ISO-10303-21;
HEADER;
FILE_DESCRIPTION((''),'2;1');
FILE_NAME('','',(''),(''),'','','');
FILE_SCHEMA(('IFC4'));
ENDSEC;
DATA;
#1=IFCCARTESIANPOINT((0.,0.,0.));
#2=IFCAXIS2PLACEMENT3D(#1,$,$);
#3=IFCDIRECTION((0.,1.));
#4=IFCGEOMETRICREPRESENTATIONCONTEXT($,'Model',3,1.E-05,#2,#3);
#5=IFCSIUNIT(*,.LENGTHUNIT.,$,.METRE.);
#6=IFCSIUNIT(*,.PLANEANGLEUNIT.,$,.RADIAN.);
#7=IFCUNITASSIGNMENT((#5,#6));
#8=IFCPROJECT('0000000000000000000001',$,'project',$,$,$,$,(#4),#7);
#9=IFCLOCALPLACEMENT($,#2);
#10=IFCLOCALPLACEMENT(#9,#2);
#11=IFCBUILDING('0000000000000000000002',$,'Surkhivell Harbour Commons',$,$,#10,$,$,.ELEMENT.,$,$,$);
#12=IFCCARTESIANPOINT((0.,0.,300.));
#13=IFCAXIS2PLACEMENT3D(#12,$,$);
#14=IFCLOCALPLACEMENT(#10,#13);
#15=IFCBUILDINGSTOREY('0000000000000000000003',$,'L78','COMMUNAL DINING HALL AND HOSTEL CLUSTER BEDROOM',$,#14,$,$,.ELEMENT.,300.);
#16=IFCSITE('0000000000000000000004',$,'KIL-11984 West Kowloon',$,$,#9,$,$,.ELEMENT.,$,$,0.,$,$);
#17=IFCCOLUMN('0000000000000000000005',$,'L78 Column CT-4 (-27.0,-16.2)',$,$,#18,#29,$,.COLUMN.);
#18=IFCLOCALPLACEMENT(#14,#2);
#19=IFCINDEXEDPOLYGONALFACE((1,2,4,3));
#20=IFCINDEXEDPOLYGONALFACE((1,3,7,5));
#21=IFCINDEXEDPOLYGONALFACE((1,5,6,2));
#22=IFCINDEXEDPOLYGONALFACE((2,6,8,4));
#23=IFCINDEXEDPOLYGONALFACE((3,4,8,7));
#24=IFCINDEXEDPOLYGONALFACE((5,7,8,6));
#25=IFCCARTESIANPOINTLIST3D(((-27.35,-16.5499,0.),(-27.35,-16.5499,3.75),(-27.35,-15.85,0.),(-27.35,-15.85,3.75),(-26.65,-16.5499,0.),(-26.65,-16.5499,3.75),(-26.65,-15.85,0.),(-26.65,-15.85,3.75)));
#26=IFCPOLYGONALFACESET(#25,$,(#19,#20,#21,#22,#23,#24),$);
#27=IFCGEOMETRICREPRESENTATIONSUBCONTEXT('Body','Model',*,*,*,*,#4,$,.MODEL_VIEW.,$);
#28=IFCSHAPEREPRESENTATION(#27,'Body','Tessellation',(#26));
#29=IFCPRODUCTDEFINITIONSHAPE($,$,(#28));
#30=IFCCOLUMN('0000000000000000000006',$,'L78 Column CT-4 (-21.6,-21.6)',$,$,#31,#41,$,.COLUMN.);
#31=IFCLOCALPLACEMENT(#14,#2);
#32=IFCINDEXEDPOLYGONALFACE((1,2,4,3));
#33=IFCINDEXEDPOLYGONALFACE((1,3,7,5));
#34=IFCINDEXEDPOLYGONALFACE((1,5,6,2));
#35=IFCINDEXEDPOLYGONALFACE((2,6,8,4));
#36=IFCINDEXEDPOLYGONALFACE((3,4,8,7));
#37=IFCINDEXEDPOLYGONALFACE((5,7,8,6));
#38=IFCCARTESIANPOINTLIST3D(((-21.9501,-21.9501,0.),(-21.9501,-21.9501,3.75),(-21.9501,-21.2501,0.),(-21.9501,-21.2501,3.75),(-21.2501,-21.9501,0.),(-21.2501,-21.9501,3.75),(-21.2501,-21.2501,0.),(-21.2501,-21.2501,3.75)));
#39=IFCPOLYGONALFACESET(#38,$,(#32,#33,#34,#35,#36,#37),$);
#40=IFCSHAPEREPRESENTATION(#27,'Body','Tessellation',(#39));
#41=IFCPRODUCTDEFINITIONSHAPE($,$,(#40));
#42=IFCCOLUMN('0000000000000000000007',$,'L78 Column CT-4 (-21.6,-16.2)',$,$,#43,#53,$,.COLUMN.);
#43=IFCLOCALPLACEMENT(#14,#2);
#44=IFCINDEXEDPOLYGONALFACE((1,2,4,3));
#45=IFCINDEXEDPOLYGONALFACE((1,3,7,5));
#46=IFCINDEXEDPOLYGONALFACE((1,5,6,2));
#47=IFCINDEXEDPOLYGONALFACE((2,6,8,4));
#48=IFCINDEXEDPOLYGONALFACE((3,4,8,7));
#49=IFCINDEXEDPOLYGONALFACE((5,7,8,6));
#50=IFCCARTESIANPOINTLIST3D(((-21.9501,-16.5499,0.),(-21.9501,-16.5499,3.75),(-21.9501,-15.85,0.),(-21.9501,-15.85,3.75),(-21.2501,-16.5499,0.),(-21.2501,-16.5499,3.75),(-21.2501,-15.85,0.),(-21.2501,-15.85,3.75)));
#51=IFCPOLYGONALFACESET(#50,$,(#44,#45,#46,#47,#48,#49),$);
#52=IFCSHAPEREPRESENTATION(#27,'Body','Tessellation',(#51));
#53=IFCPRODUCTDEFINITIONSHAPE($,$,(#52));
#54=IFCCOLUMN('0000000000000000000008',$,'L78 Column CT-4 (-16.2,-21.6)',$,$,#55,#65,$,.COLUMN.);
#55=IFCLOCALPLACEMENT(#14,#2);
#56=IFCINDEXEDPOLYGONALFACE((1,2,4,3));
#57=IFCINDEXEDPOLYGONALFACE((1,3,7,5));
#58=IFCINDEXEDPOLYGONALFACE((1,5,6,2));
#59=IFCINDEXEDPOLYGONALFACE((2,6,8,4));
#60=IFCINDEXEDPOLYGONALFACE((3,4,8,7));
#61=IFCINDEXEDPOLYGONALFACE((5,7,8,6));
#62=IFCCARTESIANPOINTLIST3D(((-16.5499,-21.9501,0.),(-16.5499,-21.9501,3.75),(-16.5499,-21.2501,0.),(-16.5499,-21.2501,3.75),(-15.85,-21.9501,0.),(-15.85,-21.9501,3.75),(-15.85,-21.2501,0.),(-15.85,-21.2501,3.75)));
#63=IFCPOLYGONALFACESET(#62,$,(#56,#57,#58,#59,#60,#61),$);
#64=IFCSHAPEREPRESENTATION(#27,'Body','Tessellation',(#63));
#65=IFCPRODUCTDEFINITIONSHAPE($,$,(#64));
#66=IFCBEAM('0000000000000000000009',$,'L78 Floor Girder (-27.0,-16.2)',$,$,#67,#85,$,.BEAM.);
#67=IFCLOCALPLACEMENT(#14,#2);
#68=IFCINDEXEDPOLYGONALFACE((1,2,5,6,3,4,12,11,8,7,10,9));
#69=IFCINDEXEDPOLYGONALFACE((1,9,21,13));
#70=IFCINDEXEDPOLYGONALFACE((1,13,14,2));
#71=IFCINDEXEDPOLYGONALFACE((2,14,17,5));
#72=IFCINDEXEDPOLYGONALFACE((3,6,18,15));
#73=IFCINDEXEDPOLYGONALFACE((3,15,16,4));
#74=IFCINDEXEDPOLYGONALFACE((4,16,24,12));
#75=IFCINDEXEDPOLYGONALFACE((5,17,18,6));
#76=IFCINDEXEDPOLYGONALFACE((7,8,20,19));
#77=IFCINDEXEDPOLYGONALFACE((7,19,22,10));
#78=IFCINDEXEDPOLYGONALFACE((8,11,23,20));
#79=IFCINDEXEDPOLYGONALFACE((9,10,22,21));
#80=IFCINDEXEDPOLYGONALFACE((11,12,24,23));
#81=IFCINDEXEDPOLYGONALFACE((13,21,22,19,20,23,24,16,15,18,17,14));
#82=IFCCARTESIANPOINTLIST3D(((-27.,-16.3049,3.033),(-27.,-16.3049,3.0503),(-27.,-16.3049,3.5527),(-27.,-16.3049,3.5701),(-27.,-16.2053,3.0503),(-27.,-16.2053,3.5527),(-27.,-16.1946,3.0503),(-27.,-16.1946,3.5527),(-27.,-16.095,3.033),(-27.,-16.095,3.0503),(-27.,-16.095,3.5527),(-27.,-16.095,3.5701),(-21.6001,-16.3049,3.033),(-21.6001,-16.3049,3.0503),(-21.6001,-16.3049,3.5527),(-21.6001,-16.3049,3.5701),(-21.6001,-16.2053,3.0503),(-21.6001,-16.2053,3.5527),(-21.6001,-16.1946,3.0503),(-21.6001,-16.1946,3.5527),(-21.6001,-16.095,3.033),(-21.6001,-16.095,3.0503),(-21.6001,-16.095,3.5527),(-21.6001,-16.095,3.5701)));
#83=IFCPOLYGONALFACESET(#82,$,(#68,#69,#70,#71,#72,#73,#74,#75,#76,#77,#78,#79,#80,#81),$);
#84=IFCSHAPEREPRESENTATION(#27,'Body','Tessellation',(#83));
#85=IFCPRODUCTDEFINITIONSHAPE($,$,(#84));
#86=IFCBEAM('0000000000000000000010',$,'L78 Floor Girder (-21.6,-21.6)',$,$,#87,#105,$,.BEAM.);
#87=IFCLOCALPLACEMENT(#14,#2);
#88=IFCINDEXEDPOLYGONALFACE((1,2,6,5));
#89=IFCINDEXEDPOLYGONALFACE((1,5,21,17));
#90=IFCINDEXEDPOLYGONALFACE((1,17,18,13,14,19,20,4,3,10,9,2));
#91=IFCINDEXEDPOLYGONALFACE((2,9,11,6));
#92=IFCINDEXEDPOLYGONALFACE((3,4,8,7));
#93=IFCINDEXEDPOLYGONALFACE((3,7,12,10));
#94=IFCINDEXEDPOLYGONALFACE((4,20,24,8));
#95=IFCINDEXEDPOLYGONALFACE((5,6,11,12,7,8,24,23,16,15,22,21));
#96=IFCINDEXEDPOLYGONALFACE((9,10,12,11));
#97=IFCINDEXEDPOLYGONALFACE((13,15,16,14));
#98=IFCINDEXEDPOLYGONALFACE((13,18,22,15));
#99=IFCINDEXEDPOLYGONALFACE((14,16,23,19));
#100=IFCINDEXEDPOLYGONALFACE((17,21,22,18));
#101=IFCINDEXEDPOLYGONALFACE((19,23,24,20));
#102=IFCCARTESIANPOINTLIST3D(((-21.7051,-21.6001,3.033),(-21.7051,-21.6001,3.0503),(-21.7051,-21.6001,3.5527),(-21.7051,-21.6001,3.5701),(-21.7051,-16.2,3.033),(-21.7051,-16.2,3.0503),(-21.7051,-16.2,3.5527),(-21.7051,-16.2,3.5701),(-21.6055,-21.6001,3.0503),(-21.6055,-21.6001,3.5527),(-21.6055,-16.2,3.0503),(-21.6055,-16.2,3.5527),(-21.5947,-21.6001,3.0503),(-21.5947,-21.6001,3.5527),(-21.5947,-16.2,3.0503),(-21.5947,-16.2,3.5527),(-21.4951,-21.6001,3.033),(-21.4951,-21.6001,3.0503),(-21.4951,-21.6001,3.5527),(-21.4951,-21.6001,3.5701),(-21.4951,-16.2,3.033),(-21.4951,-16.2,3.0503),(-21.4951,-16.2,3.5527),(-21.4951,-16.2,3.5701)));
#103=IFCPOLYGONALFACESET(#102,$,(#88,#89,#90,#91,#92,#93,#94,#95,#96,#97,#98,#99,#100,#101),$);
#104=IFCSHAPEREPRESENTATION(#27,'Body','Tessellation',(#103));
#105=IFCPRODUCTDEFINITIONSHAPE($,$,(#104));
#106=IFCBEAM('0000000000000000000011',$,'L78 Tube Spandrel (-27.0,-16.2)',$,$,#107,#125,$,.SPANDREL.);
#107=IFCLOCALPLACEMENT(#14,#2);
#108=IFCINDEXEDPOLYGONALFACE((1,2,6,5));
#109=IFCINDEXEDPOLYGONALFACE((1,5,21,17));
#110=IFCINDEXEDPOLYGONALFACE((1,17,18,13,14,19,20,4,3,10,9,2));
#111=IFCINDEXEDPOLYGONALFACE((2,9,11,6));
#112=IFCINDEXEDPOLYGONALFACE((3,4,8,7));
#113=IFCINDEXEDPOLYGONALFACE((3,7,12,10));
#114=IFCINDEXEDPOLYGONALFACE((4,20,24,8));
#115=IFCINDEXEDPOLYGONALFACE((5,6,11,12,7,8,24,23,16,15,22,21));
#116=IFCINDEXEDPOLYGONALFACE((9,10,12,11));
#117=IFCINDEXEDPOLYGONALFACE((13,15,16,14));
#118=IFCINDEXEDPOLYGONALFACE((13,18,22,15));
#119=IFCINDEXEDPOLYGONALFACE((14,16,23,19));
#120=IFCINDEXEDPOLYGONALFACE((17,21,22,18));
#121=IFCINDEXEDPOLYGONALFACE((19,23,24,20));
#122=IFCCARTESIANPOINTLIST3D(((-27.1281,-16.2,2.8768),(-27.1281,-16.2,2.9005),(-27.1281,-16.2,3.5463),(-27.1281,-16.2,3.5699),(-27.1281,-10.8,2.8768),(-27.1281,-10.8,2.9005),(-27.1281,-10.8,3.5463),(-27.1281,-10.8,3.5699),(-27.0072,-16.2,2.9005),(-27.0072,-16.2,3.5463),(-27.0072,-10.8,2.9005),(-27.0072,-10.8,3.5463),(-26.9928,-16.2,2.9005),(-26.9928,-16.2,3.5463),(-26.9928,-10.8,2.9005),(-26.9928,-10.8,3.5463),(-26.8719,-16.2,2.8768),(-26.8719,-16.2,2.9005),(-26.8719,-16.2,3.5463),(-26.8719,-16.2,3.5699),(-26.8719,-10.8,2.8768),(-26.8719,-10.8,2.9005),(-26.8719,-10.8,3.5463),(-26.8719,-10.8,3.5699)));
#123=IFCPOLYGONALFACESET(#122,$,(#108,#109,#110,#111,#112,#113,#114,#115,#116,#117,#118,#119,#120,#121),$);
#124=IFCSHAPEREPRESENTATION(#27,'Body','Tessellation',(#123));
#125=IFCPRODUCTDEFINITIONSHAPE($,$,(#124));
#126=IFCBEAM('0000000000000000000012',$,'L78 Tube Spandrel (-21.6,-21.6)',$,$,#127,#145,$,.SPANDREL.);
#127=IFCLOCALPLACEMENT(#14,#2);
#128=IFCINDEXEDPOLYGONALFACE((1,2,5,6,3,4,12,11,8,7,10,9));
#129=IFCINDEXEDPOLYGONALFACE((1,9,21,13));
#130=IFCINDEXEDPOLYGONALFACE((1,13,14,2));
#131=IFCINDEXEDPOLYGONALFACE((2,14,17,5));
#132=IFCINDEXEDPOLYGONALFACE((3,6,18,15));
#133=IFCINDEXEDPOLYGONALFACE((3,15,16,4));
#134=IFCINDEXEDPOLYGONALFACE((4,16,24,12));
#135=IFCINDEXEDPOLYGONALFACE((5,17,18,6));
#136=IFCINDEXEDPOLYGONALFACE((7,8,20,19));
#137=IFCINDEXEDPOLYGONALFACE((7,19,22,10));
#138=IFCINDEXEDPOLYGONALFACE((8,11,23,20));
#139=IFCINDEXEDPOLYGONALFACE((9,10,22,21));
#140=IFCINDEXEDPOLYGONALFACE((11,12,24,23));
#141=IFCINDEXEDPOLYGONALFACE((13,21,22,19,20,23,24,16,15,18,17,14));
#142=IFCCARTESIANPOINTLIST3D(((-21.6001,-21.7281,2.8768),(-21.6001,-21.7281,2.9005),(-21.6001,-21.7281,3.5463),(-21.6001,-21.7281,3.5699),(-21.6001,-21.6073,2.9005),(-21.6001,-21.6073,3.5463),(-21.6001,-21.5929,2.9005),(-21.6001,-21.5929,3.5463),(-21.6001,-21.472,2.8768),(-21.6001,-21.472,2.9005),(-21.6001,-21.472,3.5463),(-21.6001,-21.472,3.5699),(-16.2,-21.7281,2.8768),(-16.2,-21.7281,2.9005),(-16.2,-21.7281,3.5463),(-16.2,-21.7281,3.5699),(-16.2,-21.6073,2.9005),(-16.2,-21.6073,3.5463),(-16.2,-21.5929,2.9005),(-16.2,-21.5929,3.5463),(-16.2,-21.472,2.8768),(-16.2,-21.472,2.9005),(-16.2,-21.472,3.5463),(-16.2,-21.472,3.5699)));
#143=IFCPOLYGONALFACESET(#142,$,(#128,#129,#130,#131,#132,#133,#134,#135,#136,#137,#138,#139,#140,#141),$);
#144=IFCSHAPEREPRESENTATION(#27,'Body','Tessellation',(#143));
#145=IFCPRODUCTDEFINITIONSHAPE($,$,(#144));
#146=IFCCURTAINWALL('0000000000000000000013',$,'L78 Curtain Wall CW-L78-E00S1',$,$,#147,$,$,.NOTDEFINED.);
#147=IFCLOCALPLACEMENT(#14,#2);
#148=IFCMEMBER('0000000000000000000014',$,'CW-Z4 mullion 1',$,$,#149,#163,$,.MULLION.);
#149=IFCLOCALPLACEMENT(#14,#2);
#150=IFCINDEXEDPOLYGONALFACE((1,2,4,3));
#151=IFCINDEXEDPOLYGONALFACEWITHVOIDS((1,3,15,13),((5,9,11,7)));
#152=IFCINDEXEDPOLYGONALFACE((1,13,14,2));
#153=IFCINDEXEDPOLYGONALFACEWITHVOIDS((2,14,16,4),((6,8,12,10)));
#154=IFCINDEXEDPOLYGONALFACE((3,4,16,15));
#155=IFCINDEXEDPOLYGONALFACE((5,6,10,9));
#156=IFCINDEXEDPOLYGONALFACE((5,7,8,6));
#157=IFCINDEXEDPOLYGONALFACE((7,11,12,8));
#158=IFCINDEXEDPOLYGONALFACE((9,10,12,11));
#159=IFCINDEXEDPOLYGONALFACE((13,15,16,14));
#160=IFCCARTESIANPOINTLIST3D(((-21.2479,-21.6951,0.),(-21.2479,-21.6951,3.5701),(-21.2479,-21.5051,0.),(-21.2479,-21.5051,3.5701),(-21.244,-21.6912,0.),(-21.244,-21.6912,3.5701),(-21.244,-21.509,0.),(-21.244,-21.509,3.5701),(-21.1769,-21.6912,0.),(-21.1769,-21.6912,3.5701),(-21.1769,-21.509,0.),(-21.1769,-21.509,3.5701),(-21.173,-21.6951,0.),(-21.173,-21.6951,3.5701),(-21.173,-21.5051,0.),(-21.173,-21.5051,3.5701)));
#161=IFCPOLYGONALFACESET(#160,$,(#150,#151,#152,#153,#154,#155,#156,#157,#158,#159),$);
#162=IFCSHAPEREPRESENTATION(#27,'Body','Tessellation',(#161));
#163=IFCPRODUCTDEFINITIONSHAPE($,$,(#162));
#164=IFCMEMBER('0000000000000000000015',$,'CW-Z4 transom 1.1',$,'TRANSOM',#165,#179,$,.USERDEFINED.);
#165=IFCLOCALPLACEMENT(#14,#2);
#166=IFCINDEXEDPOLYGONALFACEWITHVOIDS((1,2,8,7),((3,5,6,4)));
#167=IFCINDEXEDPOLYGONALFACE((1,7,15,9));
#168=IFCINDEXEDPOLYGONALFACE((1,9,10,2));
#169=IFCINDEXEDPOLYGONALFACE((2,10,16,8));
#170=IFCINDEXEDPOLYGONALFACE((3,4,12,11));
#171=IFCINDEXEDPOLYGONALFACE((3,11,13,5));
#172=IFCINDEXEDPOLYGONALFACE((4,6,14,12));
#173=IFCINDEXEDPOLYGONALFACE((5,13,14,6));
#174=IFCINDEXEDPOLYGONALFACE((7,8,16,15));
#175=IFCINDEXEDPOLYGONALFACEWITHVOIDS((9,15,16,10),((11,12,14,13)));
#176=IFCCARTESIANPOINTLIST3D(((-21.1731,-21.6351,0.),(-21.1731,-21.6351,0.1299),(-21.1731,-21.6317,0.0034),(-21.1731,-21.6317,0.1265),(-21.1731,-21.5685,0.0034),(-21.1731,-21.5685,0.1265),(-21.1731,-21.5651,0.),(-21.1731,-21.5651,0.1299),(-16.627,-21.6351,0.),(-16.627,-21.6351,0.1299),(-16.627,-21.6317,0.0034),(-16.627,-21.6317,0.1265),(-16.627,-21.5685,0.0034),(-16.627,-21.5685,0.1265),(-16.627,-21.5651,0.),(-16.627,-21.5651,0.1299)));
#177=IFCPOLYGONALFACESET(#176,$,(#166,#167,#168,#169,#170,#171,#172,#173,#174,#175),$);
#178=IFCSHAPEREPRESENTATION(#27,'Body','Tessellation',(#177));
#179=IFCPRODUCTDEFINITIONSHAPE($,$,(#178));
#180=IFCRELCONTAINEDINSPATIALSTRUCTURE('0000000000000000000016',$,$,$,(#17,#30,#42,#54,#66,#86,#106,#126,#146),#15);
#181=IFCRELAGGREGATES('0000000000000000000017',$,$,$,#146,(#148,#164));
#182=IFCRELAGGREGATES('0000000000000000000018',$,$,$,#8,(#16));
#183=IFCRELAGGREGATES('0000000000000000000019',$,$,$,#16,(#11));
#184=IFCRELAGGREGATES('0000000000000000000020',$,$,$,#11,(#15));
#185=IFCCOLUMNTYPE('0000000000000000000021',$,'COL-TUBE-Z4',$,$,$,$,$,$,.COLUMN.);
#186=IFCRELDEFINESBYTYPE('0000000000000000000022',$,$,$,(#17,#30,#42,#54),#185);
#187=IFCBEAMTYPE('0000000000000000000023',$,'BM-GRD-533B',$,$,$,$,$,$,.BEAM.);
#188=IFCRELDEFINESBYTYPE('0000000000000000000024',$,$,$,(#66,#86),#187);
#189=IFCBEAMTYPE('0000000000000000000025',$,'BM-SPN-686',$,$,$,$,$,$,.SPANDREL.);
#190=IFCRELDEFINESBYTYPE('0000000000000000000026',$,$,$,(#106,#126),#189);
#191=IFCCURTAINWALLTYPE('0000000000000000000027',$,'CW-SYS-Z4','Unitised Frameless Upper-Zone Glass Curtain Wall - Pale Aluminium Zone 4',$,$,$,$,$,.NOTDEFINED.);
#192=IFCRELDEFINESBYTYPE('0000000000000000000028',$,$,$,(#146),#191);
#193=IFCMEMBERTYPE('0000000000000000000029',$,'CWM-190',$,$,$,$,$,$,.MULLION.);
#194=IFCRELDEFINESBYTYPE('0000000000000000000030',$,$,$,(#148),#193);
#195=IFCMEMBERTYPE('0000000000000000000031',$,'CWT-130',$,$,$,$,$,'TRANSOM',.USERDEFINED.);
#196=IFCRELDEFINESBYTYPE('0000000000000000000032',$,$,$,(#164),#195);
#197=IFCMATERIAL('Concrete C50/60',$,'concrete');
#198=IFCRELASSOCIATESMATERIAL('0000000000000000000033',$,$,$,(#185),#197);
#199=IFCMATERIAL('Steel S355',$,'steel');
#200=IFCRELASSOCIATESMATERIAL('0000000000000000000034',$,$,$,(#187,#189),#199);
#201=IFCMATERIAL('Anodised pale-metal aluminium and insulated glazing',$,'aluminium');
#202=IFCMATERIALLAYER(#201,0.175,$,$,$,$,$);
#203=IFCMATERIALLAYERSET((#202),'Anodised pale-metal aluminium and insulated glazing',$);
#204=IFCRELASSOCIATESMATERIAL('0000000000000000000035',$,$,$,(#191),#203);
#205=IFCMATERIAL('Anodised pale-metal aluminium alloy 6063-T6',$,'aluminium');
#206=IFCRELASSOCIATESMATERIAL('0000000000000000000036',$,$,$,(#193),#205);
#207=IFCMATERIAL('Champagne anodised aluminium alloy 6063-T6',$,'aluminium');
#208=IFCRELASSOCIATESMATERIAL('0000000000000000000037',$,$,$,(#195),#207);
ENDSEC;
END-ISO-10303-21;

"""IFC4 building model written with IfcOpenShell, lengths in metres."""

from ifc_helpers import new_model, si_unit, direction, frame, origin, origin_2d, place, context, subcontext, project, spatial, rectangle, hollow_rectangle, i_section, extrude, material, layer, layer_set, material_profile, profile_set, type_object, element, aggregate, save


model = new_model("IFC4")

# Units and contexts
model_context = context("Model", 3, precision=1e-05, world=origin(), true_north=direction((0.0, 1.0)))
body_context = subcontext(model_context, "Body", "Model", "MODEL_VIEW")
ifc_project = project(units=[si_unit("LENGTHUNIT", "METRE"), si_unit("PLANEANGLEUNIT", "RADIAN")], contexts=[model_context])

# Site, building, storey
site_placement = place(None, origin())
site = spatial("IfcSite", under=ifc_project, at=site_placement, Name="KIL-11984 West Kowloon", CompositionType="ELEMENT", RefElevation=0.0)
building_placement = place(site_placement, origin())
building = spatial("IfcBuilding", under=site, at=building_placement, Name="Surkhivell Harbour Commons", CompositionType="ELEMENT")
storey_placement = place(building_placement, frame((0.0, 0.0, 300.0)))
storey = spatial("IfcBuildingStorey", under=building, at=storey_placement, Name="L78", Description="COMMUNAL DINING HALL AND HOSTEL CLUSTER BEDROOM", CompositionType="ELEMENT", Elevation=300.0)

# Columns
ifc_material_1 = material(Name="Concrete C50/60", Category="concrete")
ifc_material_profile_1 = material_profile(ifc_material_1, rectangle(XDim=0.7, YDim=0.7, at=origin_2d()), Name="RC-COL-700x700")
ifc_profile_set_1 = profile_set([ifc_material_profile_1], Name="Concrete C50/60")
column_type = type_object("IfcColumnType", Name="COL-TUBE-Z4", PredefinedType="COLUMN", material=ifc_profile_set_1)
for number, where, z_axis, x_axis, name in (
    (1, (-27.0, -16.2, 0.0), (0.0, 0.0, 1.0), (1.0, 0.0, 0.0), "L78 Column CT-4 (-27.0,-16.2)"),
    (2, (-21.6001, -21.6001, 0.0), (0.0, 0.0, 1.0), (1.0, 0.0, 0.0), "L78 Column CT-4 (-21.6,-21.6)"),
    (3, (-21.6001, -16.2, 0.0), (0.0, 0.0, 1.0), (1.0, 0.0, 0.0), "L78 Column CT-4 (-21.6,-16.2)"),
    (4, (-16.2, -21.6001, 0.0), (0.0, 0.0, 1.0), (1.0, 0.0, 0.0), "L78 Column CT-4 (-16.2,-21.6)"),
):
    element("IfcColumn", number, at=place(storey_placement, frame(where, z_axis=z_axis, x_axis=x_axis)), inside=storey, type_object=column_type, Name=name, PredefinedType="COLUMN", context=body_context, shape_type="SweptSolid", body=[
        extrude(rectangle(XDim=0.7, YDim=0.7, at=origin_2d()), origin(), (0.0, 0.0, 1.0), 3.75),
    ])

# Beams
ifc_material_2 = material(Name="Steel S355", Category="steel")
ifc_material_profile_2 = material_profile(ifc_material_2, i_section(OverallWidth=0.21, OverallDepth=0.5371, WebThickness=0.0107, FlangeThickness=0.0173, at=origin_2d()), Name="UB533x210x101")
ifc_profile_set_2 = profile_set([ifc_material_profile_2], Name="Steel S355")
beam_type_1 = type_object("IfcBeamType", Name="BM-GRD-533B", PredefinedType="BEAM", material=ifc_profile_set_2)
beam_1_placement = place(storey_placement, frame((-27.0, -16.2, 3.3015), z_axis=(1.0, 0.0, 0.0), x_axis=(0.0, 1.0, 0.0)))
element("IfcBeam", 5, at=beam_1_placement, inside=storey, type_object=beam_type_1, Name="L78 Floor Girder (-27.0,-16.2)", PredefinedType="BEAM", context=body_context, shape_type="SweptSolid", body=[
    extrude(i_section(OverallWidth=0.21, OverallDepth=0.5371, WebThickness=0.0107, FlangeThickness=0.0173, at=origin_2d()), origin(), (0.0, 0.0, 1.0), 5.3999),
])
beam_2_placement = place(storey_placement, frame((-21.6001, -21.6001, 3.3015), z_axis=(0.0, 1.0, 0.0), x_axis=(-1.0, 0.0, 0.0)))
element("IfcBeam", 6, at=beam_2_placement, inside=storey, type_object=beam_type_1, Name="L78 Floor Girder (-21.6,-21.6)", PredefinedType="BEAM", context=body_context, shape_type="SweptSolid", body=[
    extrude(i_section(OverallWidth=0.21, OverallDepth=0.5371, WebThickness=0.0107, FlangeThickness=0.0173, at=origin_2d()), origin(), (0.0, 0.0, 1.0), 5.4001),
])
ifc_material_profile_3 = material_profile(ifc_material_2, i_section(OverallWidth=0.2561, OverallDepth=0.6931, WebThickness=0.0144, FlangeThickness=0.0237, at=origin_2d()), Name="UB686x254x170")
ifc_profile_set_3 = profile_set([ifc_material_profile_3], Name="Steel S355")
beam_type_2 = type_object("IfcBeamType", Name="BM-SPN-686", PredefinedType="SPANDREL", material=ifc_profile_set_3)
beam_3_placement = place(storey_placement, frame((-27.0, -16.2, 3.2234), z_axis=(0.0, 1.0, 0.0), x_axis=(-1.0, 0.0, 0.0)))
element("IfcBeam", 7, at=beam_3_placement, inside=storey, type_object=beam_type_2, Name="L78 Tube Spandrel (-27.0,-16.2)", PredefinedType="SPANDREL", context=body_context, shape_type="SweptSolid", body=[
    extrude(i_section(OverallWidth=0.2561, OverallDepth=0.6931, WebThickness=0.0144, FlangeThickness=0.0237, at=origin_2d()), origin(), (0.0, 0.0, 1.0), 5.3999),
])
beam_4_placement = place(storey_placement, frame((-21.6001, -21.6001, 3.2234), z_axis=(1.0, 0.0, 0.0), x_axis=(0.0, 1.0, 0.0)))
element("IfcBeam", 8, at=beam_4_placement, inside=storey, type_object=beam_type_2, Name="L78 Tube Spandrel (-21.6,-21.6)", PredefinedType="SPANDREL", context=body_context, shape_type="SweptSolid", body=[
    extrude(i_section(OverallWidth=0.2561, OverallDepth=0.6931, WebThickness=0.0144, FlangeThickness=0.0237, at=origin_2d()), origin(), (0.0, 0.0, 1.0), 5.4001),
])

# Curtain wall, members
ifc_material_3 = material(Name="Anodised pale-metal aluminium and insulated glazing", Category="aluminium")
ifc_layer_1 = layer(ifc_material_3, 0.175)
ifc_layer_set_1 = layer_set([ifc_layer_1], Name="Anodised pale-metal aluminium and insulated glazing")
curtain_wall_type = type_object("IfcCurtainWallType", Name="CW-SYS-Z4", Description="Unitised Frameless Upper-Zone Glass Curtain Wall - Pale Aluminium Zone 4", PredefinedType="NOTDEFINED", material=ifc_layer_set_1)
curtain_wall_placement = place(storey_placement, origin())
curtain_wall = element("IfcCurtainWall", 9, at=curtain_wall_placement, inside=storey, type_object=curtain_wall_type, Name="L78 Curtain Wall CW-L78-E00S1", PredefinedType="NOTDEFINED")
ifc_material_4 = material(Name="Anodised pale-metal aluminium alloy 6063-T6", Category="aluminium")
ifc_material_profile_4 = material_profile(ifc_material_4, hollow_rectangle(XDim=0.075, YDim=0.1899, WallThickness=0.0039, at=origin_2d()), Name="ALU-MULL-75x190")
ifc_profile_set_4 = profile_set([ifc_material_profile_4], Name="Anodised pale-metal aluminium alloy 6063-T6")
member_type_1 = type_object("IfcMemberType", Name="CWM-190", PredefinedType="MULLION", material=ifc_profile_set_4)
member_1_placement = place(storey_placement, frame((-21.2104, -21.6001, 0.0), z_axis=(0.0, 0.0, 1.0), x_axis=(1.0, 0.0, 0.0)))
member_1 = element("IfcMember", 10, at=member_1_placement, type_object=member_type_1, Name="CW-Z4 mullion 1", PredefinedType="MULLION", context=body_context, shape_type="SweptSolid", body=[
    extrude(hollow_rectangle(XDim=0.075, YDim=0.1899, WallThickness=0.0039, at=origin_2d()), origin(), (0.0, 0.0, 1.0), 3.5701),
])
ifc_material_5 = material(Name="Champagne anodised aluminium alloy 6063-T6", Category="aluminium")
ifc_material_profile_5 = material_profile(ifc_material_5, hollow_rectangle(XDim=0.0701, YDim=0.1299, WallThickness=0.0034, at=origin_2d()), Name="ALU-TRAN-70x130")
ifc_profile_set_5 = profile_set([ifc_material_profile_5], Name="Champagne anodised aluminium alloy 6063-T6")
member_type_2 = type_object("IfcMemberType", Name="CWT-130", ElementType="TRANSOM", PredefinedType="USERDEFINED", material=ifc_profile_set_5)
member_2_placement = place(storey_placement, frame((-21.1731, -21.6001, 0.0649), z_axis=(1.0, 0.0, 0.0), x_axis=(0.0, 1.0, 0.0)))
member_2 = element("IfcMember", 11, at=member_2_placement, type_object=member_type_2, Name="CW-Z4 transom 1.1", ObjectType="TRANSOM", PredefinedType="USERDEFINED", context=body_context, shape_type="SweptSolid", body=[
    extrude(hollow_rectangle(XDim=0.0701, YDim=0.1299, WallThickness=0.0034, at=origin_2d()), origin(), (0.0, 0.0, 1.0), 4.5461),
])

aggregate(curtain_wall, [member_1, member_2])

save(model, "model.ifc")
